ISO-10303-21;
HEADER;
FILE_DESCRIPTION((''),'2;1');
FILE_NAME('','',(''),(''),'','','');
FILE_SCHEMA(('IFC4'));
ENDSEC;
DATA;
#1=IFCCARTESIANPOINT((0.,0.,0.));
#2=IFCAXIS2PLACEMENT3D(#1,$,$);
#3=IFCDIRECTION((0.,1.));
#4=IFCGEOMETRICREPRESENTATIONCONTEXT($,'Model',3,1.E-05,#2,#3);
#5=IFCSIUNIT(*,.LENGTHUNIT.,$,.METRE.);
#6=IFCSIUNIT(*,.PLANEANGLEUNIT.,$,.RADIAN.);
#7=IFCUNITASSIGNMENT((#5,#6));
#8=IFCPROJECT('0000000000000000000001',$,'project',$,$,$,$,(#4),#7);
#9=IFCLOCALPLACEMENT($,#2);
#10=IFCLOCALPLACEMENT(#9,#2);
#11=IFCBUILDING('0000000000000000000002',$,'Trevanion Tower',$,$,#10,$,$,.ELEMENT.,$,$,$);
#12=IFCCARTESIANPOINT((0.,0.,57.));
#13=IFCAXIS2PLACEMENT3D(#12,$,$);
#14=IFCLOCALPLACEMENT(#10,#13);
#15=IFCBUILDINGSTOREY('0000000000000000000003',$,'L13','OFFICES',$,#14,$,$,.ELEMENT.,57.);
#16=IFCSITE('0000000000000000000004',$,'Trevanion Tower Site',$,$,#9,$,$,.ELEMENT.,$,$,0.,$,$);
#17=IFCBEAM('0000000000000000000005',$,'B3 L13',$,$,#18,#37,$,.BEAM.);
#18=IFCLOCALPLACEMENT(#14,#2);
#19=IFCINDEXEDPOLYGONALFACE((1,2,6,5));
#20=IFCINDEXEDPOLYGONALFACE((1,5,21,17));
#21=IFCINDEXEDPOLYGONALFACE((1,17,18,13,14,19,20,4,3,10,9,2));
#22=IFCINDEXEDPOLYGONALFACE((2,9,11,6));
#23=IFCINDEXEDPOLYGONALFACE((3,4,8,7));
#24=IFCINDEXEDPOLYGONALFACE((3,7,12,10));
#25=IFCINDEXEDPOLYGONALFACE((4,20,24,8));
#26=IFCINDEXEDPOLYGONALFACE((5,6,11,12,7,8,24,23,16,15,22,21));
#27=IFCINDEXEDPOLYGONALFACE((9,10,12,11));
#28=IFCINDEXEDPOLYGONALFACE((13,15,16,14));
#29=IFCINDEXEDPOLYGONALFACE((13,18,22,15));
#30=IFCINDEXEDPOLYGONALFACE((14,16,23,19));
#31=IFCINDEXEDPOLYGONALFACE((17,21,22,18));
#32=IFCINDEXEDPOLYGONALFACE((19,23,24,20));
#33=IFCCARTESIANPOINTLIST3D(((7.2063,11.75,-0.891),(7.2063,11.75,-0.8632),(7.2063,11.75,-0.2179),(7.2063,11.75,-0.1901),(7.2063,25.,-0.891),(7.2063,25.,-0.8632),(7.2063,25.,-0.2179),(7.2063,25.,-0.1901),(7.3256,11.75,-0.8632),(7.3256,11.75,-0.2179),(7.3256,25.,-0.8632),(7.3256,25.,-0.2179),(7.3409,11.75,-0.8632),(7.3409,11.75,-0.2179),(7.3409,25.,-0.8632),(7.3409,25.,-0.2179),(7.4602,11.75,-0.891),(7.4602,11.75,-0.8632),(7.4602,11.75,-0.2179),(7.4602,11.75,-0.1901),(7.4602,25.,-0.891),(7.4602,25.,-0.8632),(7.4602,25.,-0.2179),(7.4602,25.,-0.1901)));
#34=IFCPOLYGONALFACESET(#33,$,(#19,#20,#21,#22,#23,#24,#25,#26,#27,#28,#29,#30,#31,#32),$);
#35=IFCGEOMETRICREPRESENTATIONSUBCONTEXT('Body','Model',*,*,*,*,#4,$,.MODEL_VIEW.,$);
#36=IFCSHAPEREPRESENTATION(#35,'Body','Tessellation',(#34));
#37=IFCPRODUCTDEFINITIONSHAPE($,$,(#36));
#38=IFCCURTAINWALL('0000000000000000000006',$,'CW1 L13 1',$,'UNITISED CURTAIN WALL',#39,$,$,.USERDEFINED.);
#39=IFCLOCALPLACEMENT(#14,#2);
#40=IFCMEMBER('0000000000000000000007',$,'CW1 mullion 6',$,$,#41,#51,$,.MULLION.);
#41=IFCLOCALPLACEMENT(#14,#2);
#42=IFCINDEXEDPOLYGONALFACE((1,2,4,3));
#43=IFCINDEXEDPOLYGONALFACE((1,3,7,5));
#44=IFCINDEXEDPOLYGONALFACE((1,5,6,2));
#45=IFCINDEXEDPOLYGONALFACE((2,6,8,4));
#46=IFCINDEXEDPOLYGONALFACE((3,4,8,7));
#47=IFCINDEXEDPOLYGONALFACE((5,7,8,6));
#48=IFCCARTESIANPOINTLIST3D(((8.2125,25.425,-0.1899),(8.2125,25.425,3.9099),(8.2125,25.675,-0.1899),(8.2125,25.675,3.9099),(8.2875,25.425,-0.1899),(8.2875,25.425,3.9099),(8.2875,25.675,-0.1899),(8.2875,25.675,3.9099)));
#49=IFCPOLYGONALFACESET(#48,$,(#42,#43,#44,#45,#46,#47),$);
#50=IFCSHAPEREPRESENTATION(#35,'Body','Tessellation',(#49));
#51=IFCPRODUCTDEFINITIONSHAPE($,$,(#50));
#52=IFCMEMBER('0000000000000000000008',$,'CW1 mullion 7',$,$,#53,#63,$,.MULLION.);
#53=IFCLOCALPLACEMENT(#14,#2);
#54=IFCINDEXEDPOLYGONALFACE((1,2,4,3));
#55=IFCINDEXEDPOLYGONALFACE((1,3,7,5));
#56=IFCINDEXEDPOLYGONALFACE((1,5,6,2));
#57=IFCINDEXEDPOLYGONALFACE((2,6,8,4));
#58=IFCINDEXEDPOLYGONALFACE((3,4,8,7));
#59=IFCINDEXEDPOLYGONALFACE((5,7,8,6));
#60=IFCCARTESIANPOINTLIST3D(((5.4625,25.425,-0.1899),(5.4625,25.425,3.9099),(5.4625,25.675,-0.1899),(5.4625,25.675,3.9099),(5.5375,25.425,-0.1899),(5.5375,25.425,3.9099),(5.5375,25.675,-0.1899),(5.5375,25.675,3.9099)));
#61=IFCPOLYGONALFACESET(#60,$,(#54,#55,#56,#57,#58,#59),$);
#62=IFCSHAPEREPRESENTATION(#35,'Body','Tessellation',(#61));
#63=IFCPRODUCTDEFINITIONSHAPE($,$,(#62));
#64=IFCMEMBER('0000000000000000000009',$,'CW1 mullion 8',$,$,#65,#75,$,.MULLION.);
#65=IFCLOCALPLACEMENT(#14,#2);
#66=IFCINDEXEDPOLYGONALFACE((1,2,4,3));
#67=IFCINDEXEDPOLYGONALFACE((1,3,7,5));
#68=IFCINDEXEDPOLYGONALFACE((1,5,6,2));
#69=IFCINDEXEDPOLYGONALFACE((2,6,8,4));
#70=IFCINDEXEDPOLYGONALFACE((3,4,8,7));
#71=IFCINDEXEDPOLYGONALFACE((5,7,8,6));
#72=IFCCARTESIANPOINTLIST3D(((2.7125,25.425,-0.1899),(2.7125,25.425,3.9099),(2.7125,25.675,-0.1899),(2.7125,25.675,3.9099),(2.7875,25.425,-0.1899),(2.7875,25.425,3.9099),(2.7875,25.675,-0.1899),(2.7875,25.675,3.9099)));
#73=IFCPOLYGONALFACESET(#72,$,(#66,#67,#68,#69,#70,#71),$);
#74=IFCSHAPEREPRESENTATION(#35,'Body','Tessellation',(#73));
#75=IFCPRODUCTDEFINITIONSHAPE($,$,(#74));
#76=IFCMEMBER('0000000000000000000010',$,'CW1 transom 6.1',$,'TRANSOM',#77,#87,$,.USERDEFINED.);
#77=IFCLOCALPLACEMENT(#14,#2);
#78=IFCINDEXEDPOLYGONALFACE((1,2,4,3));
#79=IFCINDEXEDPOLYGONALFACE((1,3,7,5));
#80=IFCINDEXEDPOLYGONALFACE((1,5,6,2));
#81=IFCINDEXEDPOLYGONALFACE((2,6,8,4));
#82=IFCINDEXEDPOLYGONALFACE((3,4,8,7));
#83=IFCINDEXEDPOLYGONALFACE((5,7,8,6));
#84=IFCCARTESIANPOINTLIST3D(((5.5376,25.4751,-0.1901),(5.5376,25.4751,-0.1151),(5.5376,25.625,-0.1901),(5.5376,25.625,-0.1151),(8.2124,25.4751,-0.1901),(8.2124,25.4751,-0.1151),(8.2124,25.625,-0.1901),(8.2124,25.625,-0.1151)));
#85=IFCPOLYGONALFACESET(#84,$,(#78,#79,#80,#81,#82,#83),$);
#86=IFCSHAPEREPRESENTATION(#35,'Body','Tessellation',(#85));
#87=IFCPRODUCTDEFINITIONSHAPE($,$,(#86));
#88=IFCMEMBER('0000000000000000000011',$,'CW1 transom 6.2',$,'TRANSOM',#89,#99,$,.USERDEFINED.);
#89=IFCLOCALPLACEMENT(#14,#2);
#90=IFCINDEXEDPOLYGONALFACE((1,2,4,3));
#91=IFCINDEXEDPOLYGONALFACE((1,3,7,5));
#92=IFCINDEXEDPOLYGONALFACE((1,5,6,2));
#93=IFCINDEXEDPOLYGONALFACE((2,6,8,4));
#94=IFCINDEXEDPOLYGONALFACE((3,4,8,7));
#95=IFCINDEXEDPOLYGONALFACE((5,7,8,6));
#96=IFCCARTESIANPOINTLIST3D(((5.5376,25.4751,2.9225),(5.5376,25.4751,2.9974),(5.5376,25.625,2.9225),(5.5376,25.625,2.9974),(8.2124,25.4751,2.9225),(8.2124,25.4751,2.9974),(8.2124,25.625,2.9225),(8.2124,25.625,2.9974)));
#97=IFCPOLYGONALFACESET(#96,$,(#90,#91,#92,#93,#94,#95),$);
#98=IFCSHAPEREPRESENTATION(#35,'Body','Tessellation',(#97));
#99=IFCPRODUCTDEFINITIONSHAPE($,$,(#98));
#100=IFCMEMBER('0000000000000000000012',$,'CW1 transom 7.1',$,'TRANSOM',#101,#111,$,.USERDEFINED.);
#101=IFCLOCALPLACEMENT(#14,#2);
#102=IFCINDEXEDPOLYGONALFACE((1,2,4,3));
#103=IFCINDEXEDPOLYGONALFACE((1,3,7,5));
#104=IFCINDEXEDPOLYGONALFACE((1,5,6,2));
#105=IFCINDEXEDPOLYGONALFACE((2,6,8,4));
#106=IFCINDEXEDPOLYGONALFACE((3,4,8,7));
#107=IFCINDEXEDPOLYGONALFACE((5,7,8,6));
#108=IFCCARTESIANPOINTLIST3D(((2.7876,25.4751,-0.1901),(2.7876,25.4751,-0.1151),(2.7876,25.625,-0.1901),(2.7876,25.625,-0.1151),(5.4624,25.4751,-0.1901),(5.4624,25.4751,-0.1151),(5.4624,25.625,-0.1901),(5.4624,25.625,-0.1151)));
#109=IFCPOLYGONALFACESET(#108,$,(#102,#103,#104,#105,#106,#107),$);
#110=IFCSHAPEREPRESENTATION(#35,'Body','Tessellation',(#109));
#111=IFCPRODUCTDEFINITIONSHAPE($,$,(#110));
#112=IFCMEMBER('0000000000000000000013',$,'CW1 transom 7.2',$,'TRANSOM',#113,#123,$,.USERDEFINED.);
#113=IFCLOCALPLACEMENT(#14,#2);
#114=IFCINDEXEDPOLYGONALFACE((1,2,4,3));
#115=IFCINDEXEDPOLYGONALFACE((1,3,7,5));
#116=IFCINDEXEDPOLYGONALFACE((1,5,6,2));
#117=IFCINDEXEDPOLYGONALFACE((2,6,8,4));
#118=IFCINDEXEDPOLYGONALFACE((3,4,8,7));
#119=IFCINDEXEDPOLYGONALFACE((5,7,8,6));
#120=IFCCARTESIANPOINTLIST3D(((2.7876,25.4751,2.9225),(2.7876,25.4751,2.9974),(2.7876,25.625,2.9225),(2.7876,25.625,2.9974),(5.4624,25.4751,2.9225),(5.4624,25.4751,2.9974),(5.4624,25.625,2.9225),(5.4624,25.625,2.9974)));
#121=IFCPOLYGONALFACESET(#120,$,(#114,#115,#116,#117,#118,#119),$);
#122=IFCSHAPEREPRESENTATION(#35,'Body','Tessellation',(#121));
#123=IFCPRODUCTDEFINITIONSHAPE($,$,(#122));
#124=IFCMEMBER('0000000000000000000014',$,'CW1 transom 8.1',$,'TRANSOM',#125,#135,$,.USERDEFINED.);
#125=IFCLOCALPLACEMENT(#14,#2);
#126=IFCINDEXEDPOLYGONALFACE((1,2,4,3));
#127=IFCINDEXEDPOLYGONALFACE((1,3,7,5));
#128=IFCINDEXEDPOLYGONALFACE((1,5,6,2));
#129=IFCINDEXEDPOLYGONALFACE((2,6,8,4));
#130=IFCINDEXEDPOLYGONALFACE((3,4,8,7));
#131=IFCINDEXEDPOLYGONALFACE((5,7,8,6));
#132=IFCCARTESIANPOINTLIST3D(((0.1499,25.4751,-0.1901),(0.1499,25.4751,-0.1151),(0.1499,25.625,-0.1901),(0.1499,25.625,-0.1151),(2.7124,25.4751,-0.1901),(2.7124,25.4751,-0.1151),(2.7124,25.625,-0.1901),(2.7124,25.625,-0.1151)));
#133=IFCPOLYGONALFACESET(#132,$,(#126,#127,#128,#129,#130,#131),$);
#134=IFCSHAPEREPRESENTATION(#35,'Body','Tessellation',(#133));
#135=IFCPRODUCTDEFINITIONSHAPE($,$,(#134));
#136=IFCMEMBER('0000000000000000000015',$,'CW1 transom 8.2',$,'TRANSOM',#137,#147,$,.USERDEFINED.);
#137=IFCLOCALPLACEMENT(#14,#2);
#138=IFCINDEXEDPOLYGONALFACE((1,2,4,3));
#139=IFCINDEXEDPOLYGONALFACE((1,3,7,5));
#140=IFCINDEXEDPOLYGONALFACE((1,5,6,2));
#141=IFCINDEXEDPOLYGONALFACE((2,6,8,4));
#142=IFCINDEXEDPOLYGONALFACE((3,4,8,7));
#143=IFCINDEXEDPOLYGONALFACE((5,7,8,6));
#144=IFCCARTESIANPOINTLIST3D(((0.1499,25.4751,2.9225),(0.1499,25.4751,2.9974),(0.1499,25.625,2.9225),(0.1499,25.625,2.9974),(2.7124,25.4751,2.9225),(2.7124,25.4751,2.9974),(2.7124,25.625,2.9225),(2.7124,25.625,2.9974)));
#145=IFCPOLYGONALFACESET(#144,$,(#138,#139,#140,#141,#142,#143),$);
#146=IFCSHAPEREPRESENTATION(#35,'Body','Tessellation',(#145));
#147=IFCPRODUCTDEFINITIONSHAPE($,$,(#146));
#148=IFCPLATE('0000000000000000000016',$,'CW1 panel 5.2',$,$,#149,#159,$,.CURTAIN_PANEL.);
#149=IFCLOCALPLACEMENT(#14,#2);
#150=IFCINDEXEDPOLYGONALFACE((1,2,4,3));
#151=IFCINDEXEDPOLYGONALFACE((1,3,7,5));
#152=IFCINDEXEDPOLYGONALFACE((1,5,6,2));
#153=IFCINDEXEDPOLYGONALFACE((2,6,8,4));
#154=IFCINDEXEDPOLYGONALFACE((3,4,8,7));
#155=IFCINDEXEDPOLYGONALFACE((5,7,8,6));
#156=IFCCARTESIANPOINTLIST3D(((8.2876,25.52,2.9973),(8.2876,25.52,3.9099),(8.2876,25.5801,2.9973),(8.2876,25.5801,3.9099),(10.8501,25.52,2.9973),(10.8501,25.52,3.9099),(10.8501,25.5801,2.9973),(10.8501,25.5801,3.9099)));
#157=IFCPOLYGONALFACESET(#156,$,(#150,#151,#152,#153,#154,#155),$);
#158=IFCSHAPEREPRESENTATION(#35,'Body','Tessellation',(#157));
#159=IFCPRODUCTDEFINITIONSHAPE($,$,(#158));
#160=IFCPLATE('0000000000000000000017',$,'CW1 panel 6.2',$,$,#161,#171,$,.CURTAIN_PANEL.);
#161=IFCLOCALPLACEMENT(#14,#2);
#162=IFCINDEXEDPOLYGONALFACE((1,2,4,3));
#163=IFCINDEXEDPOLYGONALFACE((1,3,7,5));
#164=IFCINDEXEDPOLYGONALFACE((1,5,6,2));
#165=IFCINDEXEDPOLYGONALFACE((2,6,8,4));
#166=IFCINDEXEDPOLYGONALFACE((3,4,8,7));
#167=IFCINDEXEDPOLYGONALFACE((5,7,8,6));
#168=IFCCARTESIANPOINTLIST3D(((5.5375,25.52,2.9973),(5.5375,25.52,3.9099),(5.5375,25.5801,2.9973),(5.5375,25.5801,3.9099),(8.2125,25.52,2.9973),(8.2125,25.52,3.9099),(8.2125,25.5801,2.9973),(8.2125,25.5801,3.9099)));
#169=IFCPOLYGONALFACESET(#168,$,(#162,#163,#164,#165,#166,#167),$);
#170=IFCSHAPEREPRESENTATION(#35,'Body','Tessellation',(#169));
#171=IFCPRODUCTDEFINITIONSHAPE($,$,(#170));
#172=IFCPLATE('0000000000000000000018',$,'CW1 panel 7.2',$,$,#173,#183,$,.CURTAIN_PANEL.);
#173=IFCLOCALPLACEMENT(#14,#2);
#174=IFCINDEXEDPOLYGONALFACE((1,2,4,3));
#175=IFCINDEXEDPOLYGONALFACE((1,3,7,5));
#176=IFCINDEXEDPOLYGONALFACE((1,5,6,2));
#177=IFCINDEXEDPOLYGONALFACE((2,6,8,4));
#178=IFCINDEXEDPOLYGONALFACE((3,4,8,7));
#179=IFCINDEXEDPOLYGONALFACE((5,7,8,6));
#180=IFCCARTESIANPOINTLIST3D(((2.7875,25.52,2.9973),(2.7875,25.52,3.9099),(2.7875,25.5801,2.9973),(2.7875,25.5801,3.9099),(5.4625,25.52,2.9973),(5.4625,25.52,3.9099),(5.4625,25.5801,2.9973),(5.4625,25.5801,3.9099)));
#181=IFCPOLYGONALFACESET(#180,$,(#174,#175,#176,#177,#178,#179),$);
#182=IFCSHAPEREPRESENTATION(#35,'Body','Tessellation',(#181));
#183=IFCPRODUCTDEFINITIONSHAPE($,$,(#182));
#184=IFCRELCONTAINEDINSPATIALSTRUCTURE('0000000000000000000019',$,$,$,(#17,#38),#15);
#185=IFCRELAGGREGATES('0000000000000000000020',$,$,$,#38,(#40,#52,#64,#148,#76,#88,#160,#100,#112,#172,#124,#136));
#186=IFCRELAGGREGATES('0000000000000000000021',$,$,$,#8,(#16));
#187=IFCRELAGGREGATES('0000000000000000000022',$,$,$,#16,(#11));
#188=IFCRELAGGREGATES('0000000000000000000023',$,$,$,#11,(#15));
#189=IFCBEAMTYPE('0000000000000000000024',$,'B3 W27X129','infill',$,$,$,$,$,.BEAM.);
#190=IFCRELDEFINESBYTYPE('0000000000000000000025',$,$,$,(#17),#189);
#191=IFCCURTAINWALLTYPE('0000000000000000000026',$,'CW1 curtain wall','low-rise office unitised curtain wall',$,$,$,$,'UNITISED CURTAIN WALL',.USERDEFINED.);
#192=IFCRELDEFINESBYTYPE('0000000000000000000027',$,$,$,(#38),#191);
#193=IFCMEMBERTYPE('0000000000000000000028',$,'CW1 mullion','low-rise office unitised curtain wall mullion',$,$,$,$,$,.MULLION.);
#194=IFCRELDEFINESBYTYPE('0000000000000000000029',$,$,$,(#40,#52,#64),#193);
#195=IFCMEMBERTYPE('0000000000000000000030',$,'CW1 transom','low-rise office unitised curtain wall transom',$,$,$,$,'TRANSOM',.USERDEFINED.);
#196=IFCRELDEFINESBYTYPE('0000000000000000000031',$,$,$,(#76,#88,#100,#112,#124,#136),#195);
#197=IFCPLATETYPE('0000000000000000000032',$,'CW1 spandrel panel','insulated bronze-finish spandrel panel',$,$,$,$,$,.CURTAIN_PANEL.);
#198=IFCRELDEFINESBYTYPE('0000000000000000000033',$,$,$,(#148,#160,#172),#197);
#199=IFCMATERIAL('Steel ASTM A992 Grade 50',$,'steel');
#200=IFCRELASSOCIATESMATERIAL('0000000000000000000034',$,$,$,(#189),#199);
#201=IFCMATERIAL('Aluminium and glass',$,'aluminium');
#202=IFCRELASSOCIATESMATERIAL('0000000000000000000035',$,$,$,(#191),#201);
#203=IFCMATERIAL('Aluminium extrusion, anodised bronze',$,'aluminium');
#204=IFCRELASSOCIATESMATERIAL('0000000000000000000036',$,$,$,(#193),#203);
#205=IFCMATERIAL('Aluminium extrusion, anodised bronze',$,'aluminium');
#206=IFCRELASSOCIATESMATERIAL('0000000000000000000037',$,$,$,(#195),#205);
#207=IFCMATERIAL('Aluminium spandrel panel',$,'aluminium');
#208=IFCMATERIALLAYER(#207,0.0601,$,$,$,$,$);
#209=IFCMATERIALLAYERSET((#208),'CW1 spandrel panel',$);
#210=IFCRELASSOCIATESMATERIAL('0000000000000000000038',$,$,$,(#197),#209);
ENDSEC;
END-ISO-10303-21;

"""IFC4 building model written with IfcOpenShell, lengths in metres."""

from ifc_helpers import new_model, si_unit, direction, frame, origin, origin_2d, place, context, subcontext, project, spatial, rectangle, i_section, extrude, material, layer, layer_set, material_profile, profile_set, type_object, element, aggregate, save


model = new_model("IFC4")

# Units and contexts
model_context = context("Model", 3, precision=1e-05, world=origin(), true_north=direction((0.0, 1.0)))
body_context = subcontext(model_context, "Body", "Model", "MODEL_VIEW")
ifc_project = project(units=[si_unit("LENGTHUNIT", "METRE"), si_unit("PLANEANGLEUNIT", "RADIAN")], contexts=[model_context])

# Site, building, storey
site_placement = place(None, origin())
site = spatial("IfcSite", under=ifc_project, at=site_placement, Name="Trevanion Tower Site", CompositionType="ELEMENT", RefElevation=0.0)
building_placement = place(site_placement, origin())
building = spatial("IfcBuilding", under=site, at=building_placement, Name="Trevanion Tower", CompositionType="ELEMENT")
storey_placement = place(building_placement, frame((0.0, 0.0, 57.0)))
storey = spatial("IfcBuildingStorey", under=building, at=storey_placement, Name="L13", Description="OFFICES", CompositionType="ELEMENT", Elevation=57.0)

# Beam
ifc_material_1 = material(Name="Steel ASTM A992 Grade 50", Category="steel")
ifc_material_profile_1 = material_profile(ifc_material_1, i_section(OverallWidth=0.2539, OverallDepth=0.7009, WebThickness=0.0154, FlangeThickness=0.0278, at=origin_2d()), Name="W27X129")
ifc_profile_set_1 = profile_set([ifc_material_profile_1], Name="Steel ASTM A992 Grade 50")
beam_type = type_object("IfcBeamType", Name="B3 W27X129", Description="infill", PredefinedType="BEAM", material=ifc_profile_set_1)
beam_placement = place(storey_placement, frame((7.3333, 11.75, -0.5405), z_axis=(0.0, 1.0, 0.0), x_axis=(-1.0, 0.0, 0.0)))
element("IfcBeam", 1, at=beam_placement, inside=storey, type_object=beam_type, Name="B3 L13", PredefinedType="BEAM", context=body_context, shape_type="SweptSolid", body=[
    extrude(i_section(OverallWidth=0.2539, OverallDepth=0.7009, WebThickness=0.0154, FlangeThickness=0.0278, at=origin_2d()), origin(), (0.0, 0.0, 1.0), 13.25),
])

# Curtain wall, members, plates
ifc_material_2 = material(Name="Aluminium and glass", Category="aluminium")
curtain_wall_type = type_object("IfcCurtainWallType", Name="CW1 curtain wall", Description="low-rise office unitised curtain wall", ElementType="UNITISED CURTAIN WALL", PredefinedType="USERDEFINED", material=ifc_material_2)
curtain_wall_placement = place(storey_placement, origin())
curtain_wall = element("IfcCurtainWall", 2, at=curtain_wall_placement, inside=storey, type_object=curtain_wall_type, Name="CW1 L13 1", ObjectType="UNITISED CURTAIN WALL", PredefinedType="USERDEFINED")
ifc_material_3 = material(Name="Aluminium extrusion, anodised bronze", Category="aluminium")
ifc_material_profile_2 = material_profile(ifc_material_3, rectangle(XDim=0.075, YDim=0.25, at=origin_2d()), Name="CW1 mullion")
ifc_profile_set_2 = profile_set([ifc_material_profile_2], Name="Aluminium extrusion, anodised bronze")
member_type_1 = type_object("IfcMemberType", Name="CW1 mullion", Description="low-rise office unitised curtain wall mullion", PredefinedType="MULLION", material=ifc_profile_set_2)
member_1_placement = place(storey_placement, frame((8.25, 25.55, -0.1899), z_axis=(0.0, 0.0, 1.0), x_axis=(-1.0, 0.0, 0.0)))
member_1 = element("IfcMember", 3, at=member_1_placement, type_object=member_type_1, Name="CW1 mullion 6", PredefinedType="MULLION", context=body_context, shape_type="SweptSolid", body=[
    extrude(rectangle(XDim=0.075, YDim=0.25, at=origin_2d()), origin(), (0.0, 0.0, 1.0), 4.0999),
])
member_2_placement = place(storey_placement, frame((5.5, 25.55, -0.1899), z_axis=(0.0, 0.0, 1.0), x_axis=(-1.0, 0.0, 0.0)))
member_2 = element("IfcMember", 4, at=member_2_placement, type_object=member_type_1, Name="CW1 mullion 7", PredefinedType="MULLION", context=body_context, shape_type="SweptSolid", body=[
    extrude(rectangle(XDim=0.075, YDim=0.25, at=origin_2d()), origin(), (0.0, 0.0, 1.0), 4.0999),
])
member_3_placement = place(storey_placement, frame((2.75, 25.55, -0.1899), z_axis=(0.0, 0.0, 1.0), x_axis=(-1.0, 0.0, 0.0)))
member_3 = element("IfcMember", 5, at=member_3_placement, type_object=member_type_1, Name="CW1 mullion 8", PredefinedType="MULLION", context=body_context, shape_type="SweptSolid", body=[
    extrude(rectangle(XDim=0.075, YDim=0.25, at=origin_2d()), origin(), (0.0, 0.0, 1.0), 4.0999),
])
ifc_material_4 = material(Name="Aluminium extrusion, anodised bronze", Category="aluminium")
ifc_material_profile_3 = material_profile(ifc_material_4, rectangle(XDim=0.1499, YDim=0.075, at=origin_2d()), Name="CW1 transom")
ifc_profile_set_3 = profile_set([ifc_material_profile_3], Name="Aluminium extrusion, anodised bronze")
member_type_2 = type_object("IfcMemberType", Name="CW1 transom", Description="low-rise office unitised curtain wall transom", ElementType="TRANSOM", PredefinedType="USERDEFINED", material=ifc_profile_set_3)
member_4_placement = place(storey_placement, frame((8.2124, 25.55, -0.1526), z_axis=(-1.0, 0.0, 0.0), x_axis=(0.0, -1.0, 0.0)))
member_4 = element("IfcMember", 6, at=member_4_placement, type_object=member_type_2, Name="CW1 transom 6.1", ObjectType="TRANSOM", PredefinedType="USERDEFINED", context=body_context, shape_type="SweptSolid", body=[
    extrude(rectangle(XDim=0.1499, YDim=0.075, at=origin_2d()), origin(), (0.0, 0.0, 1.0), 2.6748),
])
member_5_placement = place(storey_placement, frame((8.2124, 25.55, 2.96), z_axis=(-1.0, 0.0, 0.0), x_axis=(0.0, -1.0, 0.0)))
member_5 = element("IfcMember", 7, at=member_5_placement, type_object=member_type_2, Name="CW1 transom 6.2", ObjectType="TRANSOM", PredefinedType="USERDEFINED", context=body_context, shape_type="SweptSolid", body=[
    extrude(rectangle(XDim=0.1499, YDim=0.075, at=origin_2d()), origin(), (0.0, 0.0, 1.0), 2.6748),
])
member_6_placement = place(storey_placement, frame((5.4624, 25.55, -0.1526), z_axis=(-1.0, 0.0, 0.0), x_axis=(0.0, -1.0, 0.0)))
member_6 = element("IfcMember", 8, at=member_6_placement, type_object=member_type_2, Name="CW1 transom 7.1", ObjectType="TRANSOM", PredefinedType="USERDEFINED", context=body_context, shape_type="SweptSolid", body=[
    extrude(rectangle(XDim=0.1499, YDim=0.075, at=origin_2d()), origin(), (0.0, 0.0, 1.0), 2.6748),
])
member_7_placement = place(storey_placement, frame((5.4624, 25.55, 2.96), z_axis=(-1.0, 0.0, 0.0), x_axis=(0.0, -1.0, 0.0)))
member_7 = element("IfcMember", 9, at=member_7_placement, type_object=member_type_2, Name="CW1 transom 7.2", ObjectType="TRANSOM", PredefinedType="USERDEFINED", context=body_context, shape_type="SweptSolid", body=[
    extrude(rectangle(XDim=0.1499, YDim=0.075, at=origin_2d()), origin(), (0.0, 0.0, 1.0), 2.6748),
])
member_8_placement = place(storey_placement, frame((2.7124, 25.55, -0.1526), z_axis=(-1.0, 0.0, 0.0), x_axis=(0.0, -1.0, 0.0)))
member_8 = element("IfcMember", 10, at=member_8_placement, type_object=member_type_2, Name="CW1 transom 8.1", ObjectType="TRANSOM", PredefinedType="USERDEFINED", context=body_context, shape_type="SweptSolid", body=[
    extrude(rectangle(XDim=0.1499, YDim=0.075, at=origin_2d()), origin(), (0.0, 0.0, 1.0), 2.5625),
])
member_9_placement = place(storey_placement, frame((2.7124, 25.55, 2.96), z_axis=(-1.0, 0.0, 0.0), x_axis=(0.0, -1.0, 0.0)))
member_9 = element("IfcMember", 11, at=member_9_placement, type_object=member_type_2, Name="CW1 transom 8.2", ObjectType="TRANSOM", PredefinedType="USERDEFINED", context=body_context, shape_type="SweptSolid", body=[
    extrude(rectangle(XDim=0.1499, YDim=0.075, at=origin_2d()), origin(), (0.0, 0.0, 1.0), 2.5625),
])
ifc_material_5 = material(Name="Aluminium spandrel panel", Category="aluminium")
ifc_layer_1 = layer(ifc_material_5, 0.0601)
ifc_layer_set_1 = layer_set([ifc_layer_1], Name="CW1 spandrel panel")
plate_type_1 = type_object("IfcPlateType", Name="CW1 spandrel panel", Description="insulated bronze-finish spandrel panel", PredefinedType="CURTAIN_PANEL", material=ifc_layer_set_1)
plate_1_placement = place(storey_placement, frame((9.5688, 25.55, 2.9973), z_axis=(0.0, 0.0, 1.0), x_axis=(-1.0, 0.0, 0.0)))
plate_1 = element("IfcPlate", 12, at=plate_1_placement, type_object=plate_type_1, Name="CW1 panel 5.2", PredefinedType="CURTAIN_PANEL", context=body_context, shape_type="SweptSolid", body=[
    extrude(rectangle(XDim=2.5625, YDim=0.0601, at=origin_2d()), origin(), (0.0, 0.0, 1.0), 0.9126),
])
plate_2_placement = place(storey_placement, frame((6.875, 25.55, 2.9973), z_axis=(0.0, 0.0, 1.0), x_axis=(-1.0, 0.0, 0.0)))
plate_2 = element("IfcPlate", 13, at=plate_2_placement, type_object=plate_type_1, Name="CW1 panel 6.2", PredefinedType="CURTAIN_PANEL", context=body_context, shape_type="SweptSolid", body=[
    extrude(rectangle(XDim=2.675, YDim=0.0601, at=origin_2d()), origin(), (0.0, 0.0, 1.0), 0.9126),
])
plate_3_placement = place(storey_placement, frame((4.125, 25.55, 2.9973), z_axis=(0.0, 0.0, 1.0), x_axis=(-1.0, 0.0, 0.0)))
plate_3 = element("IfcPlate", 14, at=plate_3_placement, type_object=plate_type_1, Name="CW1 panel 7.2", PredefinedType="CURTAIN_PANEL", context=body_context, shape_type="SweptSolid", body=[
    extrude(rectangle(XDim=2.675, YDim=0.0601, at=origin_2d()), origin(), (0.0, 0.0, 1.0), 0.9126),
])
aggregate(curtain_wall, [member_1, member_2, member_3, plate_1, member_4, member_5, plate_2, member_6, member_7, plate_3, member_8, member_9])

save(model, "model.ifc")
